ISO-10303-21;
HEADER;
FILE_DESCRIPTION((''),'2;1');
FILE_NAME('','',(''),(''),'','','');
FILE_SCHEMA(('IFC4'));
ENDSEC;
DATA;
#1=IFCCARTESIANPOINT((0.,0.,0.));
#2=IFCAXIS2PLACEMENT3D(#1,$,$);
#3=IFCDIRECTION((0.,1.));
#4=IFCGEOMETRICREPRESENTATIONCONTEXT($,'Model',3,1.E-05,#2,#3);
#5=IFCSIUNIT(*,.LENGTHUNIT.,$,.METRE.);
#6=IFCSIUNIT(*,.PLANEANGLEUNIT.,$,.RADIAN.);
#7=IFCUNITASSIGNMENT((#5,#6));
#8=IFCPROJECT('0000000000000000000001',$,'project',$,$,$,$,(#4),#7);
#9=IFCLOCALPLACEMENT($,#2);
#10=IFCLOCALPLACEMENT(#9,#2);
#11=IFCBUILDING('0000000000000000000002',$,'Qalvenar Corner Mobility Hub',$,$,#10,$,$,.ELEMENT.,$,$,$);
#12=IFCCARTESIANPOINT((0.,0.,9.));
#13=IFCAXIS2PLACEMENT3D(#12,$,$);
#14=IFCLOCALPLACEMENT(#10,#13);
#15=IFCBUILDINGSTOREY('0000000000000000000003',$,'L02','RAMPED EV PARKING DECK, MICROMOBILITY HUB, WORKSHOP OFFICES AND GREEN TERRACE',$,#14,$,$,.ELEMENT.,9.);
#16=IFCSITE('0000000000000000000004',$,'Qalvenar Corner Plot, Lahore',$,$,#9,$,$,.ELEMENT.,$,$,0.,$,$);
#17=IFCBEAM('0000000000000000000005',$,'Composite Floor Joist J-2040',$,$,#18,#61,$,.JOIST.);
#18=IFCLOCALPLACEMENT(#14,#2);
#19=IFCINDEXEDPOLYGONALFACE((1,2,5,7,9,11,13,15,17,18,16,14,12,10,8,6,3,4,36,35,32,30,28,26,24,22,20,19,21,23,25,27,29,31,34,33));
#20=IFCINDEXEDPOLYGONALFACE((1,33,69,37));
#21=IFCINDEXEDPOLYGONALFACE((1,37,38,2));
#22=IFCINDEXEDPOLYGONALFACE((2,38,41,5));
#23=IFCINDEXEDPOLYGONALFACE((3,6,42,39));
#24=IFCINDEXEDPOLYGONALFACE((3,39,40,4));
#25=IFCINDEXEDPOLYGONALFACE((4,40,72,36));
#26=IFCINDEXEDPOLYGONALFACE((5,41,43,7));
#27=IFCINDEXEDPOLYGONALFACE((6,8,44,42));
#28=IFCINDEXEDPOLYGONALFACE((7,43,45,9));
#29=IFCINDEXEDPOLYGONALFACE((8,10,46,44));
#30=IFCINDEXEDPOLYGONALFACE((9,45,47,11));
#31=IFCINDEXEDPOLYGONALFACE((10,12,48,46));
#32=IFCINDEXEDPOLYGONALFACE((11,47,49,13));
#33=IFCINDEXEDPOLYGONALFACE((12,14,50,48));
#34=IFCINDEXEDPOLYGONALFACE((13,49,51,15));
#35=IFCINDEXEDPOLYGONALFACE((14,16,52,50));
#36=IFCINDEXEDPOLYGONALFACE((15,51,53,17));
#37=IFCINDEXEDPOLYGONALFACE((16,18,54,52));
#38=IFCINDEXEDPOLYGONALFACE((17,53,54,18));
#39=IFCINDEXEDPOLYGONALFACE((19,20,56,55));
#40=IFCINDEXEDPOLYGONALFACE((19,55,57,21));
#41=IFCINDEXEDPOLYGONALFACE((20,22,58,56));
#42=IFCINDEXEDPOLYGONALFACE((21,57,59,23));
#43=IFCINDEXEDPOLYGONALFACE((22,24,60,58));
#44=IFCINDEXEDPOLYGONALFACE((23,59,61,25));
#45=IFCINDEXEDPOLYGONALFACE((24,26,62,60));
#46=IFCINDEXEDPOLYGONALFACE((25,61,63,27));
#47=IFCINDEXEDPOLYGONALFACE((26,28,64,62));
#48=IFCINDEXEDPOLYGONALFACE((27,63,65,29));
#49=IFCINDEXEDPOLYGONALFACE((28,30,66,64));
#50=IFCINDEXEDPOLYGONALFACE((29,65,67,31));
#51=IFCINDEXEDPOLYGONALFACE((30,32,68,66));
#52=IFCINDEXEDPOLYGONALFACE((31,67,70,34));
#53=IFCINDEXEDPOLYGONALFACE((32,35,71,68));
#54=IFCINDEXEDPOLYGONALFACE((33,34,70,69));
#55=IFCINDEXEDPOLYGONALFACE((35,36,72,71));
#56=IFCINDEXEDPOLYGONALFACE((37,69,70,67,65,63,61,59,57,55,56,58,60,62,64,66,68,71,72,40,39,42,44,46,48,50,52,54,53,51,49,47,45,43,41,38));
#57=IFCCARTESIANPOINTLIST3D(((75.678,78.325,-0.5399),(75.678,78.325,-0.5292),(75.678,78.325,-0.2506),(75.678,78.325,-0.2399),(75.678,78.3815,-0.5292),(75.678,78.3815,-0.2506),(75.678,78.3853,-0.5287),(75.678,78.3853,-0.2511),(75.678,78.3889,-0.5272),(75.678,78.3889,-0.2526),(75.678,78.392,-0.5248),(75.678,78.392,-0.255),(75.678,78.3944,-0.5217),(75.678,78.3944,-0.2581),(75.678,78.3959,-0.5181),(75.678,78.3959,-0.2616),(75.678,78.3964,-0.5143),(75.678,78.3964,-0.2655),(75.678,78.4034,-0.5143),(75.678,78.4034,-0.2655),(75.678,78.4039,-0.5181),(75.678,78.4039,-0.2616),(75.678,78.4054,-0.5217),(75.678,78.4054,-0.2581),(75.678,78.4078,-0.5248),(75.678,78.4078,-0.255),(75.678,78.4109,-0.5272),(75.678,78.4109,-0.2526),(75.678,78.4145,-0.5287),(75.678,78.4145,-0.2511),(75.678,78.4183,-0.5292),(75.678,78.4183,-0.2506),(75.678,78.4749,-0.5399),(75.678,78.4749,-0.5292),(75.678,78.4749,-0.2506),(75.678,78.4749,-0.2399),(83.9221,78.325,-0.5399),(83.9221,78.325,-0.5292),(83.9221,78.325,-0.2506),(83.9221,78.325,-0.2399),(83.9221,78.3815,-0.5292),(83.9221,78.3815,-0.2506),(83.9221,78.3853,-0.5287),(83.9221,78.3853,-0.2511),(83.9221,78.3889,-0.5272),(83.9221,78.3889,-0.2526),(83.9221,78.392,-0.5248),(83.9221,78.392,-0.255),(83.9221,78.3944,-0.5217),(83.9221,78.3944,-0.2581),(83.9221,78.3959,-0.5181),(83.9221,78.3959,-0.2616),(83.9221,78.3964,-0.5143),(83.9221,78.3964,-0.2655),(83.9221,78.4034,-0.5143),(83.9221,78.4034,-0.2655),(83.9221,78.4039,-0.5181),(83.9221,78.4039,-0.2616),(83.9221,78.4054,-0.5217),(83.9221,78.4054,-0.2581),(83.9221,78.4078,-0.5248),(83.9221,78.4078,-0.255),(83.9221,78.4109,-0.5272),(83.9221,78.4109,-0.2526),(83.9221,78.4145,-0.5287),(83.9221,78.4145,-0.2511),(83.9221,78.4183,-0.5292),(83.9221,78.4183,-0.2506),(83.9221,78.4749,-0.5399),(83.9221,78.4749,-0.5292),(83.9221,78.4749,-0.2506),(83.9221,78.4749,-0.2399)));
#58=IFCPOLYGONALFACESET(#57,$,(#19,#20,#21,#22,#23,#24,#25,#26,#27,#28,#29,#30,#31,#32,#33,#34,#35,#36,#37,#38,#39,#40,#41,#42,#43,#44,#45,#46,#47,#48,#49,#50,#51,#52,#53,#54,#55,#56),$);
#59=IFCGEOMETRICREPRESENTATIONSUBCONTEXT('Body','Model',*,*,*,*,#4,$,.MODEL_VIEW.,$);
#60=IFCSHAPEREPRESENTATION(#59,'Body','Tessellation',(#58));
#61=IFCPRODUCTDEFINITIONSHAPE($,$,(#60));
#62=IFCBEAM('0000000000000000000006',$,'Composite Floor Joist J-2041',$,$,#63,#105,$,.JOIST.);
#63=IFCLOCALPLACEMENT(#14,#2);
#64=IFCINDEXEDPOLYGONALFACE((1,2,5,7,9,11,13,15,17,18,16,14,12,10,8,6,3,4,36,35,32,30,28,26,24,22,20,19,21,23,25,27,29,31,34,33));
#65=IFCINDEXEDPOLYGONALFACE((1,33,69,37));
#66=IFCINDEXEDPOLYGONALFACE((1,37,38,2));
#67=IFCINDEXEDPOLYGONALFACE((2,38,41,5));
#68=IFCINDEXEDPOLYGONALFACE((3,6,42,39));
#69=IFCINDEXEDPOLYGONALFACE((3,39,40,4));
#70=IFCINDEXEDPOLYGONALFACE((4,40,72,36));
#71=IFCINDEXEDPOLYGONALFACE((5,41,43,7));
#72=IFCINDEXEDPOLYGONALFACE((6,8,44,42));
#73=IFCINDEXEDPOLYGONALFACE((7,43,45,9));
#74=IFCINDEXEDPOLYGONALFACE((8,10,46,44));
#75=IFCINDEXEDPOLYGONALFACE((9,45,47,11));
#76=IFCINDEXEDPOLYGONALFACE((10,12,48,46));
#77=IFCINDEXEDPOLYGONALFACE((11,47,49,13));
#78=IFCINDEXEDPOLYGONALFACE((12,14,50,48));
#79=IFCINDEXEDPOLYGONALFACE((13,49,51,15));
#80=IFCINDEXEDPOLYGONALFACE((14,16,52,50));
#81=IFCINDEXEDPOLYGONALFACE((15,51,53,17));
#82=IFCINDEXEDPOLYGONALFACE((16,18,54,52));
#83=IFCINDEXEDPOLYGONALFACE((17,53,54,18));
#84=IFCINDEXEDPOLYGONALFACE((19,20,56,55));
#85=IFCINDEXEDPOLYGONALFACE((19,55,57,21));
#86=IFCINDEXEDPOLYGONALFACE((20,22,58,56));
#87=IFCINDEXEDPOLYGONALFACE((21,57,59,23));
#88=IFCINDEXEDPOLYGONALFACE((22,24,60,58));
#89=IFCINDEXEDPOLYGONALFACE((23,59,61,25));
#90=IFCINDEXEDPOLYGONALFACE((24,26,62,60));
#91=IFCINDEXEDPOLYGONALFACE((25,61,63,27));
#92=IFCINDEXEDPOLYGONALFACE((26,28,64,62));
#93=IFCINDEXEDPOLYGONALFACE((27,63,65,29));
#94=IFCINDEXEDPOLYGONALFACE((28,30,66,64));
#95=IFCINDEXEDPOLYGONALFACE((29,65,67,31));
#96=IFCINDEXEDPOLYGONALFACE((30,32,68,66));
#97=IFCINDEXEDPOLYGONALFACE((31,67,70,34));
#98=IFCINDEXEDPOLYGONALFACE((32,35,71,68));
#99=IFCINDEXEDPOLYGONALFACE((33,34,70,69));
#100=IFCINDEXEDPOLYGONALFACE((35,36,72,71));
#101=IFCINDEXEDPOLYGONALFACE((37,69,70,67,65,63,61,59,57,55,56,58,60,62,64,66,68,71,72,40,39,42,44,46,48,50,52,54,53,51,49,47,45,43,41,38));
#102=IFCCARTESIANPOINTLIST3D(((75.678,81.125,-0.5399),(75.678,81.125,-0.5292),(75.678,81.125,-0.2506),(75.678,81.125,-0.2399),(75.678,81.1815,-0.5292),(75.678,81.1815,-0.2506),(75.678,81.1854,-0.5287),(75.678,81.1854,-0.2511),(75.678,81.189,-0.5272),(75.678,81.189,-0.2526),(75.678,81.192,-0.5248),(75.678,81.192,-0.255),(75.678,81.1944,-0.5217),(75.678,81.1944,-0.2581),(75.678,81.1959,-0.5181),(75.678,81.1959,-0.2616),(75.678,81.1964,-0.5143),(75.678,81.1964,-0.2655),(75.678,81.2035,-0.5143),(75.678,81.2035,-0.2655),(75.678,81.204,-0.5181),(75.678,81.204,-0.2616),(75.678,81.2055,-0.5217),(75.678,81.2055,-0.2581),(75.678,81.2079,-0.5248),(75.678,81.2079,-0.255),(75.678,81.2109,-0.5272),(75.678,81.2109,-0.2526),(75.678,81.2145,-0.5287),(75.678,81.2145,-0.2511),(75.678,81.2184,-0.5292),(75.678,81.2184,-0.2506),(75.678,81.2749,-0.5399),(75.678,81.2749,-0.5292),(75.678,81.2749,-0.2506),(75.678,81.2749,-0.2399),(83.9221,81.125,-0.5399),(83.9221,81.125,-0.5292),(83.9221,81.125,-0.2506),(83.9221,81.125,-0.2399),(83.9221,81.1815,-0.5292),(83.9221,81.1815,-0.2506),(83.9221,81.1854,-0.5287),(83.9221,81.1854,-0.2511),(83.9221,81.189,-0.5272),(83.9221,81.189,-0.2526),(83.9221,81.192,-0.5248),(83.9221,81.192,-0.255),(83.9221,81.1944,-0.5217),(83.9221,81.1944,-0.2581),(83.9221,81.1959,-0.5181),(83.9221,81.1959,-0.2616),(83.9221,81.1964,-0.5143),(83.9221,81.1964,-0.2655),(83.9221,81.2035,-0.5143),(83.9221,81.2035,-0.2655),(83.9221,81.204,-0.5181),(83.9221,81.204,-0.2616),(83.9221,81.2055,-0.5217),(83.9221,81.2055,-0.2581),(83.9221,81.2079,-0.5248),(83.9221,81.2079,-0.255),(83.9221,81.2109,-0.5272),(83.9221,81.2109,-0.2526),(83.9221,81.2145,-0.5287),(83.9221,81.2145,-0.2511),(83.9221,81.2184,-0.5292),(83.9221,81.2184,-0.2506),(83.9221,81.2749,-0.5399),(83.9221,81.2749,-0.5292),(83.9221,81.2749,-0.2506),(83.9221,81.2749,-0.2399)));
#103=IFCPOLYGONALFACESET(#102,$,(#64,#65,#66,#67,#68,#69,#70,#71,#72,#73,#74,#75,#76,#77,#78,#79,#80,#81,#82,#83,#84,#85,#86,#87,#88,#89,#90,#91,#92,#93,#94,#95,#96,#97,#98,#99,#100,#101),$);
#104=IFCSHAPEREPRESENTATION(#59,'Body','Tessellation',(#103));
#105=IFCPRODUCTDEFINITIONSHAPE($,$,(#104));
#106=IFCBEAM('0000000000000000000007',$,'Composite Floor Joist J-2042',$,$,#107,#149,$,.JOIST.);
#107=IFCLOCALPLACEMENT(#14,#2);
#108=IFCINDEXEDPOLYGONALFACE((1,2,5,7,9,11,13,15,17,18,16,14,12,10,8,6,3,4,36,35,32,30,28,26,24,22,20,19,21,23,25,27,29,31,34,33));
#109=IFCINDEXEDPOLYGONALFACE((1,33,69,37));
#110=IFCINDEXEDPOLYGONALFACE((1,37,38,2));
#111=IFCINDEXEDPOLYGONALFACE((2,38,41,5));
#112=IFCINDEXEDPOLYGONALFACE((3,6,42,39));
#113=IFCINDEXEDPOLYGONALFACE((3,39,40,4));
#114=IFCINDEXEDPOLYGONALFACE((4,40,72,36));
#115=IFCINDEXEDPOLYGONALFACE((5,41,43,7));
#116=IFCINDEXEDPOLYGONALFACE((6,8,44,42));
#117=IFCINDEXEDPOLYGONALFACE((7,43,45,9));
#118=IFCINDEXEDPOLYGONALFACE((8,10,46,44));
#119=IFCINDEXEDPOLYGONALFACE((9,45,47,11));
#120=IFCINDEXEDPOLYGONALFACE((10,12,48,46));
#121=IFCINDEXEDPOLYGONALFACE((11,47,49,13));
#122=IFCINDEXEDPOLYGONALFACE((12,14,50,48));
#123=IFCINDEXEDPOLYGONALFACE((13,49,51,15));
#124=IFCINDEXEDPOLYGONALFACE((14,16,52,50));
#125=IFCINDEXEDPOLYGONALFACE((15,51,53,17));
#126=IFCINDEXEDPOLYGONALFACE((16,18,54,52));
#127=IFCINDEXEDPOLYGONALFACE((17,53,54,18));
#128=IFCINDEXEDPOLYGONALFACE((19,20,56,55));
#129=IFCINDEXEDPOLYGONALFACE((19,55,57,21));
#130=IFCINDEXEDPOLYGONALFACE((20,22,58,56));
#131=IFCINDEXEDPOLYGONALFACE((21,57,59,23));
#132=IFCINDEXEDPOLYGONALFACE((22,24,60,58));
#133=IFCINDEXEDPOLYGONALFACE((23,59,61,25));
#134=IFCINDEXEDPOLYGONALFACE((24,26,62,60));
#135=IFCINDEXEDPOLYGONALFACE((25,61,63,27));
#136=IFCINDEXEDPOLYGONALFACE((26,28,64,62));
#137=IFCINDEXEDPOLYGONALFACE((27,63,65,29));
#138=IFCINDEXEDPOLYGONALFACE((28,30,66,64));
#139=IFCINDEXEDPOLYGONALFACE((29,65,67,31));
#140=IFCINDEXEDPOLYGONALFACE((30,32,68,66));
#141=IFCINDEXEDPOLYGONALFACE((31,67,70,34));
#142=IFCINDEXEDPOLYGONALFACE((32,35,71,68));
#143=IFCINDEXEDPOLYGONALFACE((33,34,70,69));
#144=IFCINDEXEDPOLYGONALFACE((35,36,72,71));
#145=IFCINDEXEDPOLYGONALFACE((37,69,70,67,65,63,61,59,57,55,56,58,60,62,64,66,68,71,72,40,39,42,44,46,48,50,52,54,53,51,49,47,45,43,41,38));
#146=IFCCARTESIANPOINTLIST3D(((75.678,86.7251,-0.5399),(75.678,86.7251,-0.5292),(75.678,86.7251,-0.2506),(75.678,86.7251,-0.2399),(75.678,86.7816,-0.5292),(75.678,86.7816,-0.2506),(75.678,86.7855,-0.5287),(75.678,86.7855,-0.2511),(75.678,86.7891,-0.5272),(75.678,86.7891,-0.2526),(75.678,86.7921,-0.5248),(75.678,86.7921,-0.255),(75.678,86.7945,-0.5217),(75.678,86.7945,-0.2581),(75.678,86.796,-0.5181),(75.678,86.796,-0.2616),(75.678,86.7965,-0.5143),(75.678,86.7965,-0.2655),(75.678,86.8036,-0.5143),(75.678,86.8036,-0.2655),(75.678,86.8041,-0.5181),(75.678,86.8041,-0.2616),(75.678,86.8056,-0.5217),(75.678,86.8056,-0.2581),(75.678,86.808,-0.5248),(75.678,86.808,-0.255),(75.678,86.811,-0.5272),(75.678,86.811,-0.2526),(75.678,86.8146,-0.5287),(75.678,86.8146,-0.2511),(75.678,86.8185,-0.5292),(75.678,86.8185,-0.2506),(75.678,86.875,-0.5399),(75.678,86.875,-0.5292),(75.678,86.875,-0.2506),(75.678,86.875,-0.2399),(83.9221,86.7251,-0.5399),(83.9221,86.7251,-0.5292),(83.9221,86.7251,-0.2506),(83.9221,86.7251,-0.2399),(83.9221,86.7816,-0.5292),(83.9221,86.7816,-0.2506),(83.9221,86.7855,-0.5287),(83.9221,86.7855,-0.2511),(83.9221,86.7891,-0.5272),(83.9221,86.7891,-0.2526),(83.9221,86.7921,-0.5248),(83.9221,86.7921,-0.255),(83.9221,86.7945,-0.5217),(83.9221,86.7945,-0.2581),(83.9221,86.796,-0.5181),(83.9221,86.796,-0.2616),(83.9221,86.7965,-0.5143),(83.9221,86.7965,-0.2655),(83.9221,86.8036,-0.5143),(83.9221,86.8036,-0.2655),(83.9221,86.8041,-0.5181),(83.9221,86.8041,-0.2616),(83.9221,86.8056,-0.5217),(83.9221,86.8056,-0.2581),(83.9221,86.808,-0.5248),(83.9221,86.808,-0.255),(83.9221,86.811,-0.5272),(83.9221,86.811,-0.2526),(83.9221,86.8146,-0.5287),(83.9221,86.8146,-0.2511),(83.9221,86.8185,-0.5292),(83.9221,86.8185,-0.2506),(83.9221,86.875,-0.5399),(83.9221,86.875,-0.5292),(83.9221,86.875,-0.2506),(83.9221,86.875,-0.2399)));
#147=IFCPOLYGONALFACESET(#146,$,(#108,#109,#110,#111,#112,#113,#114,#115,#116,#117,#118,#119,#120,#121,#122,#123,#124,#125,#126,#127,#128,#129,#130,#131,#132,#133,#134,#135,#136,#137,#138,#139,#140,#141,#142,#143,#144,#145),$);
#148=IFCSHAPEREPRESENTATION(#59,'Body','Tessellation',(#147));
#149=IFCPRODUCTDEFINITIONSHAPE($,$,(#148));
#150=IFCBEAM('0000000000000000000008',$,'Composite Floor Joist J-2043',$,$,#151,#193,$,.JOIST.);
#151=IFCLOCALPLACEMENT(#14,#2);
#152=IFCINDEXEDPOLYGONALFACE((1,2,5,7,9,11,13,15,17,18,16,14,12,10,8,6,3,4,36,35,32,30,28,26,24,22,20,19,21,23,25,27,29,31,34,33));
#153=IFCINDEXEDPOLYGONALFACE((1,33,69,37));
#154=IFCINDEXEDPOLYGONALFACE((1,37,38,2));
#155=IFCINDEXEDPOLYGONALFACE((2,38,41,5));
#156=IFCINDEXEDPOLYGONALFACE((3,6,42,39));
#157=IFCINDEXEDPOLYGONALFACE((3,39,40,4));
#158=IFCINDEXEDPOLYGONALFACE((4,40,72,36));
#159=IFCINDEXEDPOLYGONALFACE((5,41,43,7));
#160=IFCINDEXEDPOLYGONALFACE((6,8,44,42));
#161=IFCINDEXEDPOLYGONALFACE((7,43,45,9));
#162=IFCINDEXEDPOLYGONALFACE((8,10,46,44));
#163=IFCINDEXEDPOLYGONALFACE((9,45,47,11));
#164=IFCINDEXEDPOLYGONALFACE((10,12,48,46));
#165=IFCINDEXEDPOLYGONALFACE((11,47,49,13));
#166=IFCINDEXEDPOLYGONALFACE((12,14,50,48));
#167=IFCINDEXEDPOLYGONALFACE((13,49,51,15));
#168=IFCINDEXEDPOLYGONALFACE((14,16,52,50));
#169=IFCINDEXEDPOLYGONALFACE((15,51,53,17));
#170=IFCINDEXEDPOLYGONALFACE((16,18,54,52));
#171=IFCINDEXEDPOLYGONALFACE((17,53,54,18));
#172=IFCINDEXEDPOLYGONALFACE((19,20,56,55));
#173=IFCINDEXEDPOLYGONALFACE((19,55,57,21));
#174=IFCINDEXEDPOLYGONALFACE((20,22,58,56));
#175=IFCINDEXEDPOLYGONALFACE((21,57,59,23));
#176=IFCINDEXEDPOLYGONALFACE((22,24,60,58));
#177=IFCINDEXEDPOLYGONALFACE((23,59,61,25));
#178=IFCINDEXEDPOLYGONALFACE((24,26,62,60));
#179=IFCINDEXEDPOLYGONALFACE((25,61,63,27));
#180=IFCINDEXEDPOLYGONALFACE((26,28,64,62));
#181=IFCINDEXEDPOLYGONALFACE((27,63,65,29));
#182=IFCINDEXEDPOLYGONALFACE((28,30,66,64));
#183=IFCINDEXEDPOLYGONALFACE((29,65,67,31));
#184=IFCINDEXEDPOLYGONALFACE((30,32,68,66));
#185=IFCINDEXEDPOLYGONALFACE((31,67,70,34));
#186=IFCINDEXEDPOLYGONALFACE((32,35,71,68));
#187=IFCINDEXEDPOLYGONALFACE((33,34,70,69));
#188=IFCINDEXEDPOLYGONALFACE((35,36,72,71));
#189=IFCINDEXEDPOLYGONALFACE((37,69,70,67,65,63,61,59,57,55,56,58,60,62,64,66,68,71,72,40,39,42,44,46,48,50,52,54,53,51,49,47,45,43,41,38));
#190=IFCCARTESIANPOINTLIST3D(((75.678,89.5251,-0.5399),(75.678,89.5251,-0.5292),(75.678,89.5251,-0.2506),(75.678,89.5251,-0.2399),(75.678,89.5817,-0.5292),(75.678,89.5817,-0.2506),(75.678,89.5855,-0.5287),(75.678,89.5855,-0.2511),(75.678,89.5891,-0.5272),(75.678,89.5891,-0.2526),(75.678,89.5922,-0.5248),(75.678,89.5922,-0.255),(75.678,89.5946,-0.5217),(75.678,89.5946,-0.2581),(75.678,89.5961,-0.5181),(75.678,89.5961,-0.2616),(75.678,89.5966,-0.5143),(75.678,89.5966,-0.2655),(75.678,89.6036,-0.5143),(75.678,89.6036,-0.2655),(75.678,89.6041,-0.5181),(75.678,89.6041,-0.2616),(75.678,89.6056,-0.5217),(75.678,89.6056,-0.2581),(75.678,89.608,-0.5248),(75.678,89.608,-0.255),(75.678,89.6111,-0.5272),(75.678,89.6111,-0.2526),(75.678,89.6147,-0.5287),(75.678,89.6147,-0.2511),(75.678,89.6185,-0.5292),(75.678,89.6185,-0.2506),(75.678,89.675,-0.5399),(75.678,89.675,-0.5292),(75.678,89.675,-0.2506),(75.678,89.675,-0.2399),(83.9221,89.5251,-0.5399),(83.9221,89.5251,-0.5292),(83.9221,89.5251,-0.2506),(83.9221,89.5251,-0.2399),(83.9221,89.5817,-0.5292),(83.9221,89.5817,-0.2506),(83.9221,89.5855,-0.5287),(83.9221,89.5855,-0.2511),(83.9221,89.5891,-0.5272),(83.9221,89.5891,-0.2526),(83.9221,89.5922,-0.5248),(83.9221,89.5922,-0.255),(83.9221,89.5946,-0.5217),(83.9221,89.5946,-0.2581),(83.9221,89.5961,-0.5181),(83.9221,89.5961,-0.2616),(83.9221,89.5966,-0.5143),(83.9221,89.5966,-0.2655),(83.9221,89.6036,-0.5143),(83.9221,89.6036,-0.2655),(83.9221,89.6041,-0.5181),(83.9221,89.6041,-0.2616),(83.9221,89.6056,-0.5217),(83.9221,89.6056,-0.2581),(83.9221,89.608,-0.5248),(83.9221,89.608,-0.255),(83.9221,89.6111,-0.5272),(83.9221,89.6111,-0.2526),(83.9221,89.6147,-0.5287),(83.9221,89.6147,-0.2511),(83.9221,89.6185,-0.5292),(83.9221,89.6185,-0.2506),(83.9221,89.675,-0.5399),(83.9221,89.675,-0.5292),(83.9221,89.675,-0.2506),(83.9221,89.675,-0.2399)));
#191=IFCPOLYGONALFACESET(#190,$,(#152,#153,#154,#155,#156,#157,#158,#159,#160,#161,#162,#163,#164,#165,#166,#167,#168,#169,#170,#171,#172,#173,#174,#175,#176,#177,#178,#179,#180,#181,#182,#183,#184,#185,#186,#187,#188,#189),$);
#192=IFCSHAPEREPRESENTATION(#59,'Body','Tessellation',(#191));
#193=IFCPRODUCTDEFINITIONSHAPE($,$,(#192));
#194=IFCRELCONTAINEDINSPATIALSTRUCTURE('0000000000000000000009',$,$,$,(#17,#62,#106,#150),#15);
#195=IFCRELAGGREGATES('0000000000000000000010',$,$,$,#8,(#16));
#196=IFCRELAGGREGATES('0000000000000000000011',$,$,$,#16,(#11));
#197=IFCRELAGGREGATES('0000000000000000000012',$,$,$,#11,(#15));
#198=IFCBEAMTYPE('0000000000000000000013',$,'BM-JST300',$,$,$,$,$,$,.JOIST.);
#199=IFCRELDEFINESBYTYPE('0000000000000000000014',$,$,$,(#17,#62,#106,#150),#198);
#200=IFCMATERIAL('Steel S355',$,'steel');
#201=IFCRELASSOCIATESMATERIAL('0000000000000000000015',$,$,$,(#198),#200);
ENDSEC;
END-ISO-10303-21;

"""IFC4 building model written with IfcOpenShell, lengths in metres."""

from ifc_helpers import new_model, si_unit, direction, frame, origin, origin_2d, place, context, subcontext, project, spatial, i_section, extrude, material, material_profile, profile_set, type_object, element, save


model = new_model("IFC4")

# Units and contexts
model_context = context("Model", 3, precision=1e-05, world=origin(), true_north=direction((0.0, 1.0)))
body_context = subcontext(model_context, "Body", "Model", "MODEL_VIEW")
ifc_project = project(units=[si_unit("LENGTHUNIT", "METRE"), si_unit("PLANEANGLEUNIT", "RADIAN")], contexts=[model_context])

# Site, building, storey
site_placement = place(None, origin())
site = spatial("IfcSite", under=ifc_project, at=site_placement, Name="Qalvenar Corner Plot, Lahore", CompositionType="ELEMENT", RefElevation=0.0)
building_placement = place(site_placement, origin())
building = spatial("IfcBuilding", under=site, at=building_placement, Name="Qalvenar Corner Mobility Hub", CompositionType="ELEMENT")
storey_placement = place(building_placement, frame((0.0, 0.0, 9.0)))
storey = spatial("IfcBuildingStorey", under=building, at=storey_placement, Name="L02", Description="RAMPED EV PARKING DECK, MICROMOBILITY HUB, WORKSHOP OFFICES AND GREEN TERRACE", CompositionType="ELEMENT", Elevation=9.0)

# Shared definitions
ifc_material_1 = material(Name="Steel S355", Category="steel")

# Beams
ifc_material_profile_1 = material_profile(ifc_material_1, i_section(OverallWidth=0.1499, OverallDepth=0.3, WebThickness=0.0071, FlangeThickness=0.0107, FilletRadius=0.0149, at=origin_2d()), Name="IPE300")
ifc_profile_set_1 = profile_set([ifc_material_profile_1], Name="Steel S355")
beam_type_1 = type_object("IfcBeamType", Name="BM-JST300", PredefinedType="JOIST", material=ifc_profile_set_1)
for number, where, z_axis, x_axis, name in (
    (1, (75.678, 78.3999, -0.3899), (1.0, 0.0, 0.0), (0.0, 1.0, 0.0), "Composite Floor Joist J-2040"),
    (2, (75.678, 81.2, -0.3899), (1.0, 0.0, 0.0), (0.0, 1.0, 0.0), "Composite Floor Joist J-2041"),
    (3, (75.678, 86.8, -0.3899), (1.0, 0.0, 0.0), (0.0, 1.0, 0.0), "Composite Floor Joist J-2042"),
    (4, (75.678, 89.6001, -0.3899), (1.0, 0.0, 0.0), (0.0, 1.0, 0.0), "Composite Floor Joist J-2043"),
):
    element("IfcBeam", number, at=place(storey_placement, frame(where, z_axis=z_axis, x_axis=x_axis)), inside=storey, type_object=beam_type_1, Name=name, PredefinedType="JOIST", context=body_context, shape_type="SweptSolid", body=[
        extrude(i_section(OverallWidth=0.1499, OverallDepth=0.3, WebThickness=0.0071, FlangeThickness=0.0107, FilletRadius=0.0149, at=origin_2d()), origin(), (0.0, 0.0, 1.0), 8.2441),
    ])

save(model, "model.ifc")
